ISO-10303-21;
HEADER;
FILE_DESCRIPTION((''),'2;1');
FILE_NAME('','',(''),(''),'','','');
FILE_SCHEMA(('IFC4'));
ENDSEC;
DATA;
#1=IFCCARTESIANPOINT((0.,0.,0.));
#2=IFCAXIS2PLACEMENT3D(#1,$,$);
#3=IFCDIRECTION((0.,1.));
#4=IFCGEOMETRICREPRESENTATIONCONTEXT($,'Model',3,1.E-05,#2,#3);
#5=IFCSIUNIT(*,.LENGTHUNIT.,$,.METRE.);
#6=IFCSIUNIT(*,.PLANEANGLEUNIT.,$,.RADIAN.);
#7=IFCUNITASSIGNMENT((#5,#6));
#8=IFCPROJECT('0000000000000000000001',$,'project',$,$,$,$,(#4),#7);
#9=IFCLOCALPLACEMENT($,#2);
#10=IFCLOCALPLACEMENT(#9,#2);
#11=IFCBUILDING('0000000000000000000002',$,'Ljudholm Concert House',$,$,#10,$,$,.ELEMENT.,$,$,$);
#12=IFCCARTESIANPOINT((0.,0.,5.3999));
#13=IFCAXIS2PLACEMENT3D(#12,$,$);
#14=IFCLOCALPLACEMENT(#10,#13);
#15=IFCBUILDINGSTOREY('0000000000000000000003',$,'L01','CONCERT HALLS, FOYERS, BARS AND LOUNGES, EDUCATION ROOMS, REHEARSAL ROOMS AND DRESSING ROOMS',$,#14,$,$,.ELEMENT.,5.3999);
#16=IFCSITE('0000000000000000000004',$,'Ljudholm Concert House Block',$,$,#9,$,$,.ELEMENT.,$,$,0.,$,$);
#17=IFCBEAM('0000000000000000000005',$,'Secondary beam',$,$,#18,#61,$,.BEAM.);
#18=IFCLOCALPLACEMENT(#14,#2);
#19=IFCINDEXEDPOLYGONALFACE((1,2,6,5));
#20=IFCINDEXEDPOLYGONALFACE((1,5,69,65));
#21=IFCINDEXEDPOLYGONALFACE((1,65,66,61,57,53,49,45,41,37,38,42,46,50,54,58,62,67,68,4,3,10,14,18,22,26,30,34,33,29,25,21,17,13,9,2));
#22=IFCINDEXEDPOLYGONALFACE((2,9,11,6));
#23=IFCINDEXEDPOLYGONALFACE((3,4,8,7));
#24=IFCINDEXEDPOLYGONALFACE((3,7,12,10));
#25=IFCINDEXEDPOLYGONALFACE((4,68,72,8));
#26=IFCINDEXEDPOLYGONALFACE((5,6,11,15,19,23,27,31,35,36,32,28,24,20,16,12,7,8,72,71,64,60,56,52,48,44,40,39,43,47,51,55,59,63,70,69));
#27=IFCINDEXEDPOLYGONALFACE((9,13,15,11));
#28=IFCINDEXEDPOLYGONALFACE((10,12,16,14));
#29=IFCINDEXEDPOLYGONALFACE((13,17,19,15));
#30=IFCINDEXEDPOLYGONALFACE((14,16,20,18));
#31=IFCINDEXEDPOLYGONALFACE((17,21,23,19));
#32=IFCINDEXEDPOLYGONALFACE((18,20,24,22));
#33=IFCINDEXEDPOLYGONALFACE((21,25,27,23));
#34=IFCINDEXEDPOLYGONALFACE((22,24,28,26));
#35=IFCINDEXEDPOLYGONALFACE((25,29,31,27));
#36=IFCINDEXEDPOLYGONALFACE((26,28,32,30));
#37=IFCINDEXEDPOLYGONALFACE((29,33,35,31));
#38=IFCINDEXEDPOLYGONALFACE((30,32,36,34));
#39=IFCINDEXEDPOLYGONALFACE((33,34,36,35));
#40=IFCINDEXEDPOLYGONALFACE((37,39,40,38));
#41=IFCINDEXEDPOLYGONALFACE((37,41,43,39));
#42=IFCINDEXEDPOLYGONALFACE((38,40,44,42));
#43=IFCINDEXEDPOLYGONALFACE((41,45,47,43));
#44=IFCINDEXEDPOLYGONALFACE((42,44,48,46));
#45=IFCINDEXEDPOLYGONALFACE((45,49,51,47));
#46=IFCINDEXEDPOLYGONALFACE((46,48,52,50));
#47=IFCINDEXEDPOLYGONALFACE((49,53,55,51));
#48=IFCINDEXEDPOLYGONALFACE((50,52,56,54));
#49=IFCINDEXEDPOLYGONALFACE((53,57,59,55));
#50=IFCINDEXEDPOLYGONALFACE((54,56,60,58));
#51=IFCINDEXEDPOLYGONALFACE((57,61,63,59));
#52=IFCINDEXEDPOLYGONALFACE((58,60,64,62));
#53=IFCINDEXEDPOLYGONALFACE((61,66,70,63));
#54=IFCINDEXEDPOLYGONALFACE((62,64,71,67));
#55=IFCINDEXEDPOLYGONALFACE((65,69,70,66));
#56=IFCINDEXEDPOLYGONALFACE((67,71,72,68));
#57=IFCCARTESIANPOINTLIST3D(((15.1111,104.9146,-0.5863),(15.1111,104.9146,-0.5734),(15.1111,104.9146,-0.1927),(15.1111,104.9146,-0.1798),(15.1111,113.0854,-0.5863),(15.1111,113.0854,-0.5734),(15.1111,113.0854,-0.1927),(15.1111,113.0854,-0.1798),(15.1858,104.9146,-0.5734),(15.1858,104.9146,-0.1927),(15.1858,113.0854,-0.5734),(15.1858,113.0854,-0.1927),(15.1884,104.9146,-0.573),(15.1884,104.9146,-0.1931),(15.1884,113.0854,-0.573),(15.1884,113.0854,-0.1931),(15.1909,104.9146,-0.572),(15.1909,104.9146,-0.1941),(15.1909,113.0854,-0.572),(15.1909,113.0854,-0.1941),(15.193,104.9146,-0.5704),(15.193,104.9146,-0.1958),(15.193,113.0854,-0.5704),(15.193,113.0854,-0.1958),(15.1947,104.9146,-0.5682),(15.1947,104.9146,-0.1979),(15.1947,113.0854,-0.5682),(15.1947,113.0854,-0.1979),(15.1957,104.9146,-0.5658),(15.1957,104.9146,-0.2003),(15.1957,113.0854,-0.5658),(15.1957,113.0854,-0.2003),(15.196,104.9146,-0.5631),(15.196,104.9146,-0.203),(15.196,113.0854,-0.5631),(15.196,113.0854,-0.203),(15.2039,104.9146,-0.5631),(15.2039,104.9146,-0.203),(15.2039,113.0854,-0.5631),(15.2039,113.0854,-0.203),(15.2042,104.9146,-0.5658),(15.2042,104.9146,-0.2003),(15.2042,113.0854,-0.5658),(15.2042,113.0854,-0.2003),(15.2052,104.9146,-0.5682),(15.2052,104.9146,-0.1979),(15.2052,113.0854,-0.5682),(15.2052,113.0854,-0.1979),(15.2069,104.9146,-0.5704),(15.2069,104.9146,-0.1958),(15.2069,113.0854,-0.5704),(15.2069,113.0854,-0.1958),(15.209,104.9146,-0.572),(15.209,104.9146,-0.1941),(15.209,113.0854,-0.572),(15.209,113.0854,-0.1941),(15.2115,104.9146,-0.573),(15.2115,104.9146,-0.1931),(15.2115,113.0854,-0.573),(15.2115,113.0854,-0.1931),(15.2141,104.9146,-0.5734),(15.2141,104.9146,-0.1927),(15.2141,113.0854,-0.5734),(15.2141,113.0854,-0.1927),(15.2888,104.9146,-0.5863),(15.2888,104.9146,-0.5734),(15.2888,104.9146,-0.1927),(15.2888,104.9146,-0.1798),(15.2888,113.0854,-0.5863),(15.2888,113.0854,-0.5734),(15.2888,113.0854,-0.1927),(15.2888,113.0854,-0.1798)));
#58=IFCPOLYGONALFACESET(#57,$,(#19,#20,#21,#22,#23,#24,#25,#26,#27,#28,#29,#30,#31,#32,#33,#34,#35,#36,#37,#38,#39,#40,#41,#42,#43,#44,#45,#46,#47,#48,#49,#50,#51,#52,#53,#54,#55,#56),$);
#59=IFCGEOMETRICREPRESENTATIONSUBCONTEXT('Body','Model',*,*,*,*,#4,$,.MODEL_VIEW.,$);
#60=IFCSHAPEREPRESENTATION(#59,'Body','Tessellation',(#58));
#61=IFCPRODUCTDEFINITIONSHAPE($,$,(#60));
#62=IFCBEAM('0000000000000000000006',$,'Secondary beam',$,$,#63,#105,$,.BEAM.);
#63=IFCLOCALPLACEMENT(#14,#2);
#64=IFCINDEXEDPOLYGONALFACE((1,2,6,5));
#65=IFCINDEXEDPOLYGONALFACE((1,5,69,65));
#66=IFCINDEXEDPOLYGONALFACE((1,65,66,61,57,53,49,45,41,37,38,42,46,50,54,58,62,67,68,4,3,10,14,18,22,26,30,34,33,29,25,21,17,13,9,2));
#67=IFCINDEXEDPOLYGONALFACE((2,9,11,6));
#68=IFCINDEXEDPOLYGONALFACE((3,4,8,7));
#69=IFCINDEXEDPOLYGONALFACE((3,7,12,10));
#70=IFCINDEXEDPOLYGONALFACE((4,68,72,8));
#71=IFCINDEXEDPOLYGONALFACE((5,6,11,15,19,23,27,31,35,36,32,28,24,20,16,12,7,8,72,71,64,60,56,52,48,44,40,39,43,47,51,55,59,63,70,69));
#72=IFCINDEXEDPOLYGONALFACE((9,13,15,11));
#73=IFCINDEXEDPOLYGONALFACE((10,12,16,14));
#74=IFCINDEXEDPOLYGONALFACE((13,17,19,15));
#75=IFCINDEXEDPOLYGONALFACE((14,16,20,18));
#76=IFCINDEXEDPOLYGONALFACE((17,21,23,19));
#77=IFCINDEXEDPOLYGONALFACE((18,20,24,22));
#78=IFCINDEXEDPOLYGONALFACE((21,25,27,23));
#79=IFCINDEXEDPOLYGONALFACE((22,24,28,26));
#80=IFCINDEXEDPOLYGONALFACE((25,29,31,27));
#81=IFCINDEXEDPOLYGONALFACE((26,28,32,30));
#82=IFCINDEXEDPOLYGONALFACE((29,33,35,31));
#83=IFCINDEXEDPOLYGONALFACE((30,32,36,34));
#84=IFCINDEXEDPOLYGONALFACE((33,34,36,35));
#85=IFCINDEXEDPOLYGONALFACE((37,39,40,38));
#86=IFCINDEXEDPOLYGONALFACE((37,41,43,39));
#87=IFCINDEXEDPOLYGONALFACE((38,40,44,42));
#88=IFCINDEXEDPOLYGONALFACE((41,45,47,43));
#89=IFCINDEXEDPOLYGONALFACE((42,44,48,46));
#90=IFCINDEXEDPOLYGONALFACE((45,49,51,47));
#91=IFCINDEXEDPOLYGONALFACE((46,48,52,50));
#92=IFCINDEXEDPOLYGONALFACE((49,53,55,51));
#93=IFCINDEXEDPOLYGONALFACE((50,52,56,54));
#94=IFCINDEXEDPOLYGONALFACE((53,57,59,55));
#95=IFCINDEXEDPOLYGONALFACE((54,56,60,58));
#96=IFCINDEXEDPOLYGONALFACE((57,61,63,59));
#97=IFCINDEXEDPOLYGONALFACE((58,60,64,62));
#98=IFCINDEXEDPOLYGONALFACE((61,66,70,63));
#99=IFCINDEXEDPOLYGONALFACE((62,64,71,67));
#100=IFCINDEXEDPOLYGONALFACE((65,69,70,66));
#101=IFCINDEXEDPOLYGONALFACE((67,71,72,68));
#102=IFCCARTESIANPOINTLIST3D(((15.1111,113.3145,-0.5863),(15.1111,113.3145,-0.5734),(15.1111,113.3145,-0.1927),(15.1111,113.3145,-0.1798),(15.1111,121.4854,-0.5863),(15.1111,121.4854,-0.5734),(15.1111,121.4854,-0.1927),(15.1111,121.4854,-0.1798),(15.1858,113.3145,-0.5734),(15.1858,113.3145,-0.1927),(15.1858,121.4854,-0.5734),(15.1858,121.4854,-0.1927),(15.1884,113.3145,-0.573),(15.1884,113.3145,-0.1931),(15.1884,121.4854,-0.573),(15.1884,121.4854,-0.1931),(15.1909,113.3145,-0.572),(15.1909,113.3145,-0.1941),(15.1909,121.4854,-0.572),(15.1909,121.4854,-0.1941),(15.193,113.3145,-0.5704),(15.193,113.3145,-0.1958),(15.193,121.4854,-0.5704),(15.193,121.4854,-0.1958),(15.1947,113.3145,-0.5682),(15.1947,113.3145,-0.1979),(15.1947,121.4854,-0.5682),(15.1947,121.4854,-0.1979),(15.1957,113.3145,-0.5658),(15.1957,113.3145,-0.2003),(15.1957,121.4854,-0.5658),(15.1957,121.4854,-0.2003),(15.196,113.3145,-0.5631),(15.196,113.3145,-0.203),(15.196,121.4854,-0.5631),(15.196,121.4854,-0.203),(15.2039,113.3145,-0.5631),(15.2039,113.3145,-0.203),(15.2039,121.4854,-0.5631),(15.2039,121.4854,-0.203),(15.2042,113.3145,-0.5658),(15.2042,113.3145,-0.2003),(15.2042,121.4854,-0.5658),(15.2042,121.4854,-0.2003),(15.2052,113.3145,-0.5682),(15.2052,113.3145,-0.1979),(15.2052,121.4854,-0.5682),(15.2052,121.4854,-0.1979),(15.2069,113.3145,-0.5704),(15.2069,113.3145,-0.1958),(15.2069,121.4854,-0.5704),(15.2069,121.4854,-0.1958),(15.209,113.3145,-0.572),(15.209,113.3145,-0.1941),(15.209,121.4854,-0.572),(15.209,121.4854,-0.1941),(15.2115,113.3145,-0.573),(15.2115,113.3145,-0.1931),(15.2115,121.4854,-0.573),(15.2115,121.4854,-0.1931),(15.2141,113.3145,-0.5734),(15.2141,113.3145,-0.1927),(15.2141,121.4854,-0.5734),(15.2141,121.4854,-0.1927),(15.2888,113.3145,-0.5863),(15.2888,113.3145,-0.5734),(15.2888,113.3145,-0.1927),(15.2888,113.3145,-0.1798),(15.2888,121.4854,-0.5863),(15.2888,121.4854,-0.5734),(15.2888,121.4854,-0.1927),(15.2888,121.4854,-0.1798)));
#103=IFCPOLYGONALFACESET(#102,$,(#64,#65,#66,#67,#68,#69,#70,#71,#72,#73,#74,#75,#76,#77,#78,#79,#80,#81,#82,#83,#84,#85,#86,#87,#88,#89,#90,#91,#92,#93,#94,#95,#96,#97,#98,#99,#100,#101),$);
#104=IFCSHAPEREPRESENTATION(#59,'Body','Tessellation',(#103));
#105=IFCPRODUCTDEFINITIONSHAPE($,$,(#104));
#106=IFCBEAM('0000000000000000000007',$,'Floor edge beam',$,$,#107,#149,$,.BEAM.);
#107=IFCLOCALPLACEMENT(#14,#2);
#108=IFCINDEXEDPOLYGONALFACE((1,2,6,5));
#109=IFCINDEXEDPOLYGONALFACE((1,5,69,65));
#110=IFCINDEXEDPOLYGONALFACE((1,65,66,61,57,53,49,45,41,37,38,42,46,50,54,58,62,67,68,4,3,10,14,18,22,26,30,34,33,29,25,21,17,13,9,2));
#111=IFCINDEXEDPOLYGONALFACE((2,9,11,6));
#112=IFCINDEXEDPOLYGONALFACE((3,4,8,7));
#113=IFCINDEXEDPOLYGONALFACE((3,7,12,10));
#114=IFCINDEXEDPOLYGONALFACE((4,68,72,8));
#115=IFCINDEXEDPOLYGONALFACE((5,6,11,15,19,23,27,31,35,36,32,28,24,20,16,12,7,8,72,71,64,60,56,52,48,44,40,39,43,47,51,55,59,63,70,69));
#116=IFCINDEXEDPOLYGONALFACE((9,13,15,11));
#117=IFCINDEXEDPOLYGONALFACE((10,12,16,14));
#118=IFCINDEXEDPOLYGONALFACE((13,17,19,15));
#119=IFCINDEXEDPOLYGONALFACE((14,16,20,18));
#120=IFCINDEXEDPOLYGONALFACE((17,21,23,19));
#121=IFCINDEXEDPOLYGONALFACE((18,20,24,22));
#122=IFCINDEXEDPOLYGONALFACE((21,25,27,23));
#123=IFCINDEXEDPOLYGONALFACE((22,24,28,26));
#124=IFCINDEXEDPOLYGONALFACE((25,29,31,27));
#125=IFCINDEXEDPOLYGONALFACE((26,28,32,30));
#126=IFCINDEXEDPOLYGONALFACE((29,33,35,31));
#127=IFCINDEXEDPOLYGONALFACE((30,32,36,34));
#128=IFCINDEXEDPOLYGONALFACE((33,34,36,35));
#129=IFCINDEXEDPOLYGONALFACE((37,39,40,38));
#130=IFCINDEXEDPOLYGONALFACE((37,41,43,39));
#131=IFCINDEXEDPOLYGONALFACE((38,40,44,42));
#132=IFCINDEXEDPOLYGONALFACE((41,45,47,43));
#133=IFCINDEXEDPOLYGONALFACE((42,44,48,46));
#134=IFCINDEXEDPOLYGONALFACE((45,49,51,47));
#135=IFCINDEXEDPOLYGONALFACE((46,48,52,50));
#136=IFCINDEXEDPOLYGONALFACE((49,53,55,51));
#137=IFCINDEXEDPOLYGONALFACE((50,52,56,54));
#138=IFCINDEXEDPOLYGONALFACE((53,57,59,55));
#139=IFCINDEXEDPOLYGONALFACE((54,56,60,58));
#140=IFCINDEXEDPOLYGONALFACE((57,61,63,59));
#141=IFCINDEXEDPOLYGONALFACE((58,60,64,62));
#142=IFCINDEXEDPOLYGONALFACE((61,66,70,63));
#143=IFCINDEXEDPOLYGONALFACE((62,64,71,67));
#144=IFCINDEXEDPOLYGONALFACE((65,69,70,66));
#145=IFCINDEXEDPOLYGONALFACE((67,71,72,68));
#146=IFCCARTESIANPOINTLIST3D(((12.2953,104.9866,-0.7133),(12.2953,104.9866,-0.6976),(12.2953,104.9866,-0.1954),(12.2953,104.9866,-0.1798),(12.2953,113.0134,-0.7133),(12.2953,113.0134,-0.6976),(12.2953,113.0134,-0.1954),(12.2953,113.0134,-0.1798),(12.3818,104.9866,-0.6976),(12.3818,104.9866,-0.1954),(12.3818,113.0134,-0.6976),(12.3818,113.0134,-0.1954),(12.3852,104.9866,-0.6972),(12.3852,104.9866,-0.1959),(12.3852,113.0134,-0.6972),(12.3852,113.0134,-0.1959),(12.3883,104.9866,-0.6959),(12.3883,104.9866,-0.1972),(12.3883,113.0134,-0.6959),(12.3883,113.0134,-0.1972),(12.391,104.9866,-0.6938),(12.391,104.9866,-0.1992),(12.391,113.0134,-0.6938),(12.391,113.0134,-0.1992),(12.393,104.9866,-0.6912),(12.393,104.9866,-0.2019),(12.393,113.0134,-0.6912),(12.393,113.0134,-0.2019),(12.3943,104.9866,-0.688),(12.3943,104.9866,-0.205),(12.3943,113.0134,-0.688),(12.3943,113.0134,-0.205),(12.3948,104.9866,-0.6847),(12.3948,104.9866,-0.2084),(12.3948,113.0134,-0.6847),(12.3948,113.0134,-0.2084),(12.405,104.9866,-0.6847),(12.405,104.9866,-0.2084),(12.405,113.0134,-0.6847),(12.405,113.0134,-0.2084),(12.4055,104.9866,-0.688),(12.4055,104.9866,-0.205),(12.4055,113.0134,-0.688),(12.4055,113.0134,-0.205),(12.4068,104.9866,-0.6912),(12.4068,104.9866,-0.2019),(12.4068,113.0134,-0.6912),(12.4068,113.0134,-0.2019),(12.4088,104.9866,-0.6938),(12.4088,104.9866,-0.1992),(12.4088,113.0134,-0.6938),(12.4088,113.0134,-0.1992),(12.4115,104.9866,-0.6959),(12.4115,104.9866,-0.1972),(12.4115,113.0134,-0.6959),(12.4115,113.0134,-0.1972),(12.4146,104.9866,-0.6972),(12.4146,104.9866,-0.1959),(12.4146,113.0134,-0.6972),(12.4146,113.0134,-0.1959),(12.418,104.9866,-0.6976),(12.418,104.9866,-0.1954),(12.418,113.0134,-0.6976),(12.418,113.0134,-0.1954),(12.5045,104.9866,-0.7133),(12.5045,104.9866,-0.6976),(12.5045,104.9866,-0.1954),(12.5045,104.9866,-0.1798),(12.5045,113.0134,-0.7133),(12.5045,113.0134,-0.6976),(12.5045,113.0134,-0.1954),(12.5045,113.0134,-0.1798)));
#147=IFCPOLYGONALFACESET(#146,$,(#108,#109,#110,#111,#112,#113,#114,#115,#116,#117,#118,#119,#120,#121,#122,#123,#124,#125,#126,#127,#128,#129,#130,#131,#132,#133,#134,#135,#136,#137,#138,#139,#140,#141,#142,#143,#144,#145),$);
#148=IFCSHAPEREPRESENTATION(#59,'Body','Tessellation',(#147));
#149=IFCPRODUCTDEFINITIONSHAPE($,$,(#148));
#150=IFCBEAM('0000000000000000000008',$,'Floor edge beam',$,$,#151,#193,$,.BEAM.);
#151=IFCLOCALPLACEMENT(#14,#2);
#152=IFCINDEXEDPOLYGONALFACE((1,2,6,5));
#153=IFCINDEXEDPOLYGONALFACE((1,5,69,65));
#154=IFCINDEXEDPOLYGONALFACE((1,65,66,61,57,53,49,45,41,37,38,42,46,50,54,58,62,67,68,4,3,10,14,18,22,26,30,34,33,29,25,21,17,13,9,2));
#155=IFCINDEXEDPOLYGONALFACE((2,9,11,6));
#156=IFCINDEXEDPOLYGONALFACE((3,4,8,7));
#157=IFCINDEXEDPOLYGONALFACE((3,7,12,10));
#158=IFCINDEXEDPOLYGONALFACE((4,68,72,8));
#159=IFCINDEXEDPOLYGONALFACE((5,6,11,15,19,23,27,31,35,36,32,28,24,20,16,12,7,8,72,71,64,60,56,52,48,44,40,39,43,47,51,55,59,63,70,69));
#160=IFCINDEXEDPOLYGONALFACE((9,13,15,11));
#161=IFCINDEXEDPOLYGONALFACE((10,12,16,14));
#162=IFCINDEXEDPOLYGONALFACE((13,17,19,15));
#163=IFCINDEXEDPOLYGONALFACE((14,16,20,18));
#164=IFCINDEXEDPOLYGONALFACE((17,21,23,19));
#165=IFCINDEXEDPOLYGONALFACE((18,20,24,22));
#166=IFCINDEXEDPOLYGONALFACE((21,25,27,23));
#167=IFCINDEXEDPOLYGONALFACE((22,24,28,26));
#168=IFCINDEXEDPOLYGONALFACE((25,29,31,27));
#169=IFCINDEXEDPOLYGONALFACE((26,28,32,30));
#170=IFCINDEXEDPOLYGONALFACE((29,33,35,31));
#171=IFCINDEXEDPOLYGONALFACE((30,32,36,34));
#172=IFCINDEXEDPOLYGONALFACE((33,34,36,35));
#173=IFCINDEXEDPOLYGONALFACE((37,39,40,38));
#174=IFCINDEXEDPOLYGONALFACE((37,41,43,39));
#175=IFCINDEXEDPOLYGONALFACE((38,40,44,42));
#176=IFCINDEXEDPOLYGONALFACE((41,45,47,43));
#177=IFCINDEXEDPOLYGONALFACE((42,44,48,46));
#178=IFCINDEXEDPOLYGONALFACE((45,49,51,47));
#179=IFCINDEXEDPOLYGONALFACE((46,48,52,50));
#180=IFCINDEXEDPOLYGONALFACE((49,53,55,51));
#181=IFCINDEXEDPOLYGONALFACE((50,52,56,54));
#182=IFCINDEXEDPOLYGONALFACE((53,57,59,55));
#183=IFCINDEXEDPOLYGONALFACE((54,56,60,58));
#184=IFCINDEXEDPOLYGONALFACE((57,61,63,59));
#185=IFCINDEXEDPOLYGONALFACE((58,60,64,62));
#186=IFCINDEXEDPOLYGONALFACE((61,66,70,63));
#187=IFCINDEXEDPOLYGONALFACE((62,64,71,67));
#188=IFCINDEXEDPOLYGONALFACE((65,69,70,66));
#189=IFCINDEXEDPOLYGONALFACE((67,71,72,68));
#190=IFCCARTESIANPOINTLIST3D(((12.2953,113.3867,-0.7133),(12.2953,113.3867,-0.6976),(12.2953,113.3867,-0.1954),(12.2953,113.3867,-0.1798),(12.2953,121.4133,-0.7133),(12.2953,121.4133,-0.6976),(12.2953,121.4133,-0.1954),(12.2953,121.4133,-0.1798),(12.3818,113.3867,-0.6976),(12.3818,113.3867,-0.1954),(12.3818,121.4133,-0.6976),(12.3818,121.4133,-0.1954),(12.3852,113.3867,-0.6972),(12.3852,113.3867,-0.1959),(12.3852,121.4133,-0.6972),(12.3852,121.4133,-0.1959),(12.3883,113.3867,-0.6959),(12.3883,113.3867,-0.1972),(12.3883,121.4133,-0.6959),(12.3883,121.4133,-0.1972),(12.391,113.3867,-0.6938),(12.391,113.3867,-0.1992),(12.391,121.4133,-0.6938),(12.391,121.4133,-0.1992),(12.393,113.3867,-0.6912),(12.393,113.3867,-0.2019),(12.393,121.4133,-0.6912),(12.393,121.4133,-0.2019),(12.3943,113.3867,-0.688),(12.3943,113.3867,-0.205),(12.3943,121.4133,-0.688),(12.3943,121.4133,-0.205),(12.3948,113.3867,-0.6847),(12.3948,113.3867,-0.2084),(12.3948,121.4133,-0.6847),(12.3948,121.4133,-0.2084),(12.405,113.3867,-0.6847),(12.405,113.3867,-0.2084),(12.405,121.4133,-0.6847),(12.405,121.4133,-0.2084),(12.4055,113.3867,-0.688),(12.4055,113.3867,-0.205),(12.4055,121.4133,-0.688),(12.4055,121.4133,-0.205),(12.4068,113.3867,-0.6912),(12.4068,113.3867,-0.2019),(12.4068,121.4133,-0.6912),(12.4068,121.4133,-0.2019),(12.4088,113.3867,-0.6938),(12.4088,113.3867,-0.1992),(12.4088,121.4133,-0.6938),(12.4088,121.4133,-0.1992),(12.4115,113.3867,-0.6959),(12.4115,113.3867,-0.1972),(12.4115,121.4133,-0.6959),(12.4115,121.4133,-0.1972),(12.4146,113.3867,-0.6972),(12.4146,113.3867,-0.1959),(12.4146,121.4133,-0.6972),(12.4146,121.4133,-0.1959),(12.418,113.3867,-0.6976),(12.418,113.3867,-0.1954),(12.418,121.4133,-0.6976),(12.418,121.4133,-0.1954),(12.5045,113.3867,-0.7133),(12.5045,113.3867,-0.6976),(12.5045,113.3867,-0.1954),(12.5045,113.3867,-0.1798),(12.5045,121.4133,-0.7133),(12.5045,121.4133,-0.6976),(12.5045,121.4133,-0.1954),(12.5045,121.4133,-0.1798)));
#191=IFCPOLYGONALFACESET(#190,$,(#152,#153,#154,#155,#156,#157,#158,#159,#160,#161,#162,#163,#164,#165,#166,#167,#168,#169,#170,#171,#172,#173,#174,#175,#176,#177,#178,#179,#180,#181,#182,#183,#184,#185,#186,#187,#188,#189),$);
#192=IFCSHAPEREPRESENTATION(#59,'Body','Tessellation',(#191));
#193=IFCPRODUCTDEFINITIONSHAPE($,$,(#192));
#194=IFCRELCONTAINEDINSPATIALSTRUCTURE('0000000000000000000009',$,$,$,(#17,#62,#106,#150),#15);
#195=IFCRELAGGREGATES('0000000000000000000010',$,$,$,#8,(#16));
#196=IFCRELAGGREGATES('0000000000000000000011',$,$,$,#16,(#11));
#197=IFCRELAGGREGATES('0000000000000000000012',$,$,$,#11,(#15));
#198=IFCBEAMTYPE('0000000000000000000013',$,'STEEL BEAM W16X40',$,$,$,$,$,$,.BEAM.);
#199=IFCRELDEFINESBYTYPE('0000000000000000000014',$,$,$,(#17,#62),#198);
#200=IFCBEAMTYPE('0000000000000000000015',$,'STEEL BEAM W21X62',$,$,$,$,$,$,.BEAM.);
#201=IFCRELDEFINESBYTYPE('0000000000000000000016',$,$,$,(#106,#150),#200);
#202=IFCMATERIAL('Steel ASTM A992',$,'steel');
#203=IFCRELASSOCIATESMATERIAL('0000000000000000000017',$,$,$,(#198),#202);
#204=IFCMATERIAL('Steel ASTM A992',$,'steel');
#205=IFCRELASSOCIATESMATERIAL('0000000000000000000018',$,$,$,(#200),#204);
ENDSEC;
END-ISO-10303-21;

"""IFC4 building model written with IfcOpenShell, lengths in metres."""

from ifc_helpers import new_model, si_unit, direction, frame, origin, origin_2d, place, context, subcontext, project, spatial, i_section, extrude, material, material_profile, profile_set, type_object, element, save


model = new_model("IFC4")

# Units and contexts
model_context = context("Model", 3, precision=1e-05, world=origin(), true_north=direction((0.0, 1.0)))
body_context = subcontext(model_context, "Body", "Model", "MODEL_VIEW")
ifc_project = project(units=[si_unit("LENGTHUNIT", "METRE"), si_unit("PLANEANGLEUNIT", "RADIAN")], contexts=[model_context])

# Site, building, storey
site_placement = place(None, origin())
site = spatial("IfcSite", under=ifc_project, at=site_placement, Name="Ljudholm Concert House Block", CompositionType="ELEMENT", RefElevation=0.0)
building_placement = place(site_placement, origin())
building = spatial("IfcBuilding", under=site, at=building_placement, Name="Ljudholm Concert House", CompositionType="ELEMENT")
storey_placement = place(building_placement, frame((0.0, 0.0, 5.3999)))
storey = spatial("IfcBuildingStorey", under=building, at=storey_placement, Name="L01", Description="CONCERT HALLS, FOYERS, BARS AND LOUNGES, EDUCATION ROOMS, REHEARSAL ROOMS AND DRESSING ROOMS", CompositionType="ELEMENT", Elevation=5.3999)

# Beams
ifc_material_1 = material(Name="Steel ASTM A992", Category="steel")
ifc_material_profile_1 = material_profile(ifc_material_1, i_section(OverallWidth=0.1777, OverallDepth=0.4065, WebThickness=0.0078, FlangeThickness=0.0129, FilletRadius=0.0103, at=origin_2d()), Name="W16X40")
ifc_profile_set_1 = profile_set([ifc_material_profile_1], Name="Steel ASTM A992")
beam_type_1 = type_object("IfcBeamType", Name="STEEL BEAM W16X40", PredefinedType="BEAM", material=ifc_profile_set_1)
for number, where, z_axis, x_axis, name in (
    (1, (15.2, 104.9146, -0.3831), (0.0, 1.0, 0.0), (-1.0, 0.0, 0.0), "Secondary beam"),
    (2, (15.2, 113.3145, -0.3831), (0.0, 1.0, 0.0), (-1.0, 0.0, 0.0), "Secondary beam"),
):
    element("IfcBeam", number, at=place(storey_placement, frame(where, z_axis=z_axis, x_axis=x_axis)), inside=storey, type_object=beam_type_1, Name=name, PredefinedType="BEAM", context=body_context, shape_type="SweptSolid", body=[
        extrude(i_section(OverallWidth=0.1777, OverallDepth=0.4065, WebThickness=0.0078, FlangeThickness=0.0129, FilletRadius=0.0103, at=origin_2d()), origin(), (0.0, 0.0, 1.0), 8.1709),
    ])
ifc_material_2 = material(Name="Steel ASTM A992", Category="steel")
ifc_material_profile_2 = material_profile(ifc_material_2, i_section(OverallWidth=0.2092, OverallDepth=0.5334, WebThickness=0.0103, FlangeThickness=0.0156, FilletRadius=0.0129, at=origin_2d()), Name="W21X62")
ifc_profile_set_2 = profile_set([ifc_material_profile_2], Name="Steel ASTM A992")
beam_type_2 = type_object("IfcBeamType", Name="STEEL BEAM W21X62", PredefinedType="BEAM", material=ifc_profile_set_2)
beam_1_placement = place(storey_placement, frame((12.3999, 104.9866, -0.4465), z_axis=(0.0, 1.0, 0.0), x_axis=(-1.0, 0.0, 0.0)))
element("IfcBeam", 3, at=beam_1_placement, inside=storey, type_object=beam_type_2, Name="Floor edge beam", PredefinedType="BEAM", context=body_context, shape_type="SweptSolid", body=[
    extrude(i_section(OverallWidth=0.2092, OverallDepth=0.5334, WebThickness=0.0103, FlangeThickness=0.0156, FilletRadius=0.0129, at=origin_2d()), origin(), (0.0, 0.0, 1.0), 8.0269),
])
beam_2_placement = place(storey_placement, frame((12.3999, 113.3867, -0.4465), z_axis=(0.0, 1.0, 0.0), x_axis=(-1.0, 0.0, 0.0)))
element("IfcBeam", 4, at=beam_2_placement, inside=storey, type_object=beam_type_2, Name="Floor edge beam", PredefinedType="BEAM", context=body_context, shape_type="SweptSolid", body=[
    extrude(i_section(OverallWidth=0.2092, OverallDepth=0.5334, WebThickness=0.0103, FlangeThickness=0.0156, FilletRadius=0.0129, at=origin_2d()), origin(), (0.0, 0.0, 1.0), 8.0266),
])

save(model, "model.ifc")
